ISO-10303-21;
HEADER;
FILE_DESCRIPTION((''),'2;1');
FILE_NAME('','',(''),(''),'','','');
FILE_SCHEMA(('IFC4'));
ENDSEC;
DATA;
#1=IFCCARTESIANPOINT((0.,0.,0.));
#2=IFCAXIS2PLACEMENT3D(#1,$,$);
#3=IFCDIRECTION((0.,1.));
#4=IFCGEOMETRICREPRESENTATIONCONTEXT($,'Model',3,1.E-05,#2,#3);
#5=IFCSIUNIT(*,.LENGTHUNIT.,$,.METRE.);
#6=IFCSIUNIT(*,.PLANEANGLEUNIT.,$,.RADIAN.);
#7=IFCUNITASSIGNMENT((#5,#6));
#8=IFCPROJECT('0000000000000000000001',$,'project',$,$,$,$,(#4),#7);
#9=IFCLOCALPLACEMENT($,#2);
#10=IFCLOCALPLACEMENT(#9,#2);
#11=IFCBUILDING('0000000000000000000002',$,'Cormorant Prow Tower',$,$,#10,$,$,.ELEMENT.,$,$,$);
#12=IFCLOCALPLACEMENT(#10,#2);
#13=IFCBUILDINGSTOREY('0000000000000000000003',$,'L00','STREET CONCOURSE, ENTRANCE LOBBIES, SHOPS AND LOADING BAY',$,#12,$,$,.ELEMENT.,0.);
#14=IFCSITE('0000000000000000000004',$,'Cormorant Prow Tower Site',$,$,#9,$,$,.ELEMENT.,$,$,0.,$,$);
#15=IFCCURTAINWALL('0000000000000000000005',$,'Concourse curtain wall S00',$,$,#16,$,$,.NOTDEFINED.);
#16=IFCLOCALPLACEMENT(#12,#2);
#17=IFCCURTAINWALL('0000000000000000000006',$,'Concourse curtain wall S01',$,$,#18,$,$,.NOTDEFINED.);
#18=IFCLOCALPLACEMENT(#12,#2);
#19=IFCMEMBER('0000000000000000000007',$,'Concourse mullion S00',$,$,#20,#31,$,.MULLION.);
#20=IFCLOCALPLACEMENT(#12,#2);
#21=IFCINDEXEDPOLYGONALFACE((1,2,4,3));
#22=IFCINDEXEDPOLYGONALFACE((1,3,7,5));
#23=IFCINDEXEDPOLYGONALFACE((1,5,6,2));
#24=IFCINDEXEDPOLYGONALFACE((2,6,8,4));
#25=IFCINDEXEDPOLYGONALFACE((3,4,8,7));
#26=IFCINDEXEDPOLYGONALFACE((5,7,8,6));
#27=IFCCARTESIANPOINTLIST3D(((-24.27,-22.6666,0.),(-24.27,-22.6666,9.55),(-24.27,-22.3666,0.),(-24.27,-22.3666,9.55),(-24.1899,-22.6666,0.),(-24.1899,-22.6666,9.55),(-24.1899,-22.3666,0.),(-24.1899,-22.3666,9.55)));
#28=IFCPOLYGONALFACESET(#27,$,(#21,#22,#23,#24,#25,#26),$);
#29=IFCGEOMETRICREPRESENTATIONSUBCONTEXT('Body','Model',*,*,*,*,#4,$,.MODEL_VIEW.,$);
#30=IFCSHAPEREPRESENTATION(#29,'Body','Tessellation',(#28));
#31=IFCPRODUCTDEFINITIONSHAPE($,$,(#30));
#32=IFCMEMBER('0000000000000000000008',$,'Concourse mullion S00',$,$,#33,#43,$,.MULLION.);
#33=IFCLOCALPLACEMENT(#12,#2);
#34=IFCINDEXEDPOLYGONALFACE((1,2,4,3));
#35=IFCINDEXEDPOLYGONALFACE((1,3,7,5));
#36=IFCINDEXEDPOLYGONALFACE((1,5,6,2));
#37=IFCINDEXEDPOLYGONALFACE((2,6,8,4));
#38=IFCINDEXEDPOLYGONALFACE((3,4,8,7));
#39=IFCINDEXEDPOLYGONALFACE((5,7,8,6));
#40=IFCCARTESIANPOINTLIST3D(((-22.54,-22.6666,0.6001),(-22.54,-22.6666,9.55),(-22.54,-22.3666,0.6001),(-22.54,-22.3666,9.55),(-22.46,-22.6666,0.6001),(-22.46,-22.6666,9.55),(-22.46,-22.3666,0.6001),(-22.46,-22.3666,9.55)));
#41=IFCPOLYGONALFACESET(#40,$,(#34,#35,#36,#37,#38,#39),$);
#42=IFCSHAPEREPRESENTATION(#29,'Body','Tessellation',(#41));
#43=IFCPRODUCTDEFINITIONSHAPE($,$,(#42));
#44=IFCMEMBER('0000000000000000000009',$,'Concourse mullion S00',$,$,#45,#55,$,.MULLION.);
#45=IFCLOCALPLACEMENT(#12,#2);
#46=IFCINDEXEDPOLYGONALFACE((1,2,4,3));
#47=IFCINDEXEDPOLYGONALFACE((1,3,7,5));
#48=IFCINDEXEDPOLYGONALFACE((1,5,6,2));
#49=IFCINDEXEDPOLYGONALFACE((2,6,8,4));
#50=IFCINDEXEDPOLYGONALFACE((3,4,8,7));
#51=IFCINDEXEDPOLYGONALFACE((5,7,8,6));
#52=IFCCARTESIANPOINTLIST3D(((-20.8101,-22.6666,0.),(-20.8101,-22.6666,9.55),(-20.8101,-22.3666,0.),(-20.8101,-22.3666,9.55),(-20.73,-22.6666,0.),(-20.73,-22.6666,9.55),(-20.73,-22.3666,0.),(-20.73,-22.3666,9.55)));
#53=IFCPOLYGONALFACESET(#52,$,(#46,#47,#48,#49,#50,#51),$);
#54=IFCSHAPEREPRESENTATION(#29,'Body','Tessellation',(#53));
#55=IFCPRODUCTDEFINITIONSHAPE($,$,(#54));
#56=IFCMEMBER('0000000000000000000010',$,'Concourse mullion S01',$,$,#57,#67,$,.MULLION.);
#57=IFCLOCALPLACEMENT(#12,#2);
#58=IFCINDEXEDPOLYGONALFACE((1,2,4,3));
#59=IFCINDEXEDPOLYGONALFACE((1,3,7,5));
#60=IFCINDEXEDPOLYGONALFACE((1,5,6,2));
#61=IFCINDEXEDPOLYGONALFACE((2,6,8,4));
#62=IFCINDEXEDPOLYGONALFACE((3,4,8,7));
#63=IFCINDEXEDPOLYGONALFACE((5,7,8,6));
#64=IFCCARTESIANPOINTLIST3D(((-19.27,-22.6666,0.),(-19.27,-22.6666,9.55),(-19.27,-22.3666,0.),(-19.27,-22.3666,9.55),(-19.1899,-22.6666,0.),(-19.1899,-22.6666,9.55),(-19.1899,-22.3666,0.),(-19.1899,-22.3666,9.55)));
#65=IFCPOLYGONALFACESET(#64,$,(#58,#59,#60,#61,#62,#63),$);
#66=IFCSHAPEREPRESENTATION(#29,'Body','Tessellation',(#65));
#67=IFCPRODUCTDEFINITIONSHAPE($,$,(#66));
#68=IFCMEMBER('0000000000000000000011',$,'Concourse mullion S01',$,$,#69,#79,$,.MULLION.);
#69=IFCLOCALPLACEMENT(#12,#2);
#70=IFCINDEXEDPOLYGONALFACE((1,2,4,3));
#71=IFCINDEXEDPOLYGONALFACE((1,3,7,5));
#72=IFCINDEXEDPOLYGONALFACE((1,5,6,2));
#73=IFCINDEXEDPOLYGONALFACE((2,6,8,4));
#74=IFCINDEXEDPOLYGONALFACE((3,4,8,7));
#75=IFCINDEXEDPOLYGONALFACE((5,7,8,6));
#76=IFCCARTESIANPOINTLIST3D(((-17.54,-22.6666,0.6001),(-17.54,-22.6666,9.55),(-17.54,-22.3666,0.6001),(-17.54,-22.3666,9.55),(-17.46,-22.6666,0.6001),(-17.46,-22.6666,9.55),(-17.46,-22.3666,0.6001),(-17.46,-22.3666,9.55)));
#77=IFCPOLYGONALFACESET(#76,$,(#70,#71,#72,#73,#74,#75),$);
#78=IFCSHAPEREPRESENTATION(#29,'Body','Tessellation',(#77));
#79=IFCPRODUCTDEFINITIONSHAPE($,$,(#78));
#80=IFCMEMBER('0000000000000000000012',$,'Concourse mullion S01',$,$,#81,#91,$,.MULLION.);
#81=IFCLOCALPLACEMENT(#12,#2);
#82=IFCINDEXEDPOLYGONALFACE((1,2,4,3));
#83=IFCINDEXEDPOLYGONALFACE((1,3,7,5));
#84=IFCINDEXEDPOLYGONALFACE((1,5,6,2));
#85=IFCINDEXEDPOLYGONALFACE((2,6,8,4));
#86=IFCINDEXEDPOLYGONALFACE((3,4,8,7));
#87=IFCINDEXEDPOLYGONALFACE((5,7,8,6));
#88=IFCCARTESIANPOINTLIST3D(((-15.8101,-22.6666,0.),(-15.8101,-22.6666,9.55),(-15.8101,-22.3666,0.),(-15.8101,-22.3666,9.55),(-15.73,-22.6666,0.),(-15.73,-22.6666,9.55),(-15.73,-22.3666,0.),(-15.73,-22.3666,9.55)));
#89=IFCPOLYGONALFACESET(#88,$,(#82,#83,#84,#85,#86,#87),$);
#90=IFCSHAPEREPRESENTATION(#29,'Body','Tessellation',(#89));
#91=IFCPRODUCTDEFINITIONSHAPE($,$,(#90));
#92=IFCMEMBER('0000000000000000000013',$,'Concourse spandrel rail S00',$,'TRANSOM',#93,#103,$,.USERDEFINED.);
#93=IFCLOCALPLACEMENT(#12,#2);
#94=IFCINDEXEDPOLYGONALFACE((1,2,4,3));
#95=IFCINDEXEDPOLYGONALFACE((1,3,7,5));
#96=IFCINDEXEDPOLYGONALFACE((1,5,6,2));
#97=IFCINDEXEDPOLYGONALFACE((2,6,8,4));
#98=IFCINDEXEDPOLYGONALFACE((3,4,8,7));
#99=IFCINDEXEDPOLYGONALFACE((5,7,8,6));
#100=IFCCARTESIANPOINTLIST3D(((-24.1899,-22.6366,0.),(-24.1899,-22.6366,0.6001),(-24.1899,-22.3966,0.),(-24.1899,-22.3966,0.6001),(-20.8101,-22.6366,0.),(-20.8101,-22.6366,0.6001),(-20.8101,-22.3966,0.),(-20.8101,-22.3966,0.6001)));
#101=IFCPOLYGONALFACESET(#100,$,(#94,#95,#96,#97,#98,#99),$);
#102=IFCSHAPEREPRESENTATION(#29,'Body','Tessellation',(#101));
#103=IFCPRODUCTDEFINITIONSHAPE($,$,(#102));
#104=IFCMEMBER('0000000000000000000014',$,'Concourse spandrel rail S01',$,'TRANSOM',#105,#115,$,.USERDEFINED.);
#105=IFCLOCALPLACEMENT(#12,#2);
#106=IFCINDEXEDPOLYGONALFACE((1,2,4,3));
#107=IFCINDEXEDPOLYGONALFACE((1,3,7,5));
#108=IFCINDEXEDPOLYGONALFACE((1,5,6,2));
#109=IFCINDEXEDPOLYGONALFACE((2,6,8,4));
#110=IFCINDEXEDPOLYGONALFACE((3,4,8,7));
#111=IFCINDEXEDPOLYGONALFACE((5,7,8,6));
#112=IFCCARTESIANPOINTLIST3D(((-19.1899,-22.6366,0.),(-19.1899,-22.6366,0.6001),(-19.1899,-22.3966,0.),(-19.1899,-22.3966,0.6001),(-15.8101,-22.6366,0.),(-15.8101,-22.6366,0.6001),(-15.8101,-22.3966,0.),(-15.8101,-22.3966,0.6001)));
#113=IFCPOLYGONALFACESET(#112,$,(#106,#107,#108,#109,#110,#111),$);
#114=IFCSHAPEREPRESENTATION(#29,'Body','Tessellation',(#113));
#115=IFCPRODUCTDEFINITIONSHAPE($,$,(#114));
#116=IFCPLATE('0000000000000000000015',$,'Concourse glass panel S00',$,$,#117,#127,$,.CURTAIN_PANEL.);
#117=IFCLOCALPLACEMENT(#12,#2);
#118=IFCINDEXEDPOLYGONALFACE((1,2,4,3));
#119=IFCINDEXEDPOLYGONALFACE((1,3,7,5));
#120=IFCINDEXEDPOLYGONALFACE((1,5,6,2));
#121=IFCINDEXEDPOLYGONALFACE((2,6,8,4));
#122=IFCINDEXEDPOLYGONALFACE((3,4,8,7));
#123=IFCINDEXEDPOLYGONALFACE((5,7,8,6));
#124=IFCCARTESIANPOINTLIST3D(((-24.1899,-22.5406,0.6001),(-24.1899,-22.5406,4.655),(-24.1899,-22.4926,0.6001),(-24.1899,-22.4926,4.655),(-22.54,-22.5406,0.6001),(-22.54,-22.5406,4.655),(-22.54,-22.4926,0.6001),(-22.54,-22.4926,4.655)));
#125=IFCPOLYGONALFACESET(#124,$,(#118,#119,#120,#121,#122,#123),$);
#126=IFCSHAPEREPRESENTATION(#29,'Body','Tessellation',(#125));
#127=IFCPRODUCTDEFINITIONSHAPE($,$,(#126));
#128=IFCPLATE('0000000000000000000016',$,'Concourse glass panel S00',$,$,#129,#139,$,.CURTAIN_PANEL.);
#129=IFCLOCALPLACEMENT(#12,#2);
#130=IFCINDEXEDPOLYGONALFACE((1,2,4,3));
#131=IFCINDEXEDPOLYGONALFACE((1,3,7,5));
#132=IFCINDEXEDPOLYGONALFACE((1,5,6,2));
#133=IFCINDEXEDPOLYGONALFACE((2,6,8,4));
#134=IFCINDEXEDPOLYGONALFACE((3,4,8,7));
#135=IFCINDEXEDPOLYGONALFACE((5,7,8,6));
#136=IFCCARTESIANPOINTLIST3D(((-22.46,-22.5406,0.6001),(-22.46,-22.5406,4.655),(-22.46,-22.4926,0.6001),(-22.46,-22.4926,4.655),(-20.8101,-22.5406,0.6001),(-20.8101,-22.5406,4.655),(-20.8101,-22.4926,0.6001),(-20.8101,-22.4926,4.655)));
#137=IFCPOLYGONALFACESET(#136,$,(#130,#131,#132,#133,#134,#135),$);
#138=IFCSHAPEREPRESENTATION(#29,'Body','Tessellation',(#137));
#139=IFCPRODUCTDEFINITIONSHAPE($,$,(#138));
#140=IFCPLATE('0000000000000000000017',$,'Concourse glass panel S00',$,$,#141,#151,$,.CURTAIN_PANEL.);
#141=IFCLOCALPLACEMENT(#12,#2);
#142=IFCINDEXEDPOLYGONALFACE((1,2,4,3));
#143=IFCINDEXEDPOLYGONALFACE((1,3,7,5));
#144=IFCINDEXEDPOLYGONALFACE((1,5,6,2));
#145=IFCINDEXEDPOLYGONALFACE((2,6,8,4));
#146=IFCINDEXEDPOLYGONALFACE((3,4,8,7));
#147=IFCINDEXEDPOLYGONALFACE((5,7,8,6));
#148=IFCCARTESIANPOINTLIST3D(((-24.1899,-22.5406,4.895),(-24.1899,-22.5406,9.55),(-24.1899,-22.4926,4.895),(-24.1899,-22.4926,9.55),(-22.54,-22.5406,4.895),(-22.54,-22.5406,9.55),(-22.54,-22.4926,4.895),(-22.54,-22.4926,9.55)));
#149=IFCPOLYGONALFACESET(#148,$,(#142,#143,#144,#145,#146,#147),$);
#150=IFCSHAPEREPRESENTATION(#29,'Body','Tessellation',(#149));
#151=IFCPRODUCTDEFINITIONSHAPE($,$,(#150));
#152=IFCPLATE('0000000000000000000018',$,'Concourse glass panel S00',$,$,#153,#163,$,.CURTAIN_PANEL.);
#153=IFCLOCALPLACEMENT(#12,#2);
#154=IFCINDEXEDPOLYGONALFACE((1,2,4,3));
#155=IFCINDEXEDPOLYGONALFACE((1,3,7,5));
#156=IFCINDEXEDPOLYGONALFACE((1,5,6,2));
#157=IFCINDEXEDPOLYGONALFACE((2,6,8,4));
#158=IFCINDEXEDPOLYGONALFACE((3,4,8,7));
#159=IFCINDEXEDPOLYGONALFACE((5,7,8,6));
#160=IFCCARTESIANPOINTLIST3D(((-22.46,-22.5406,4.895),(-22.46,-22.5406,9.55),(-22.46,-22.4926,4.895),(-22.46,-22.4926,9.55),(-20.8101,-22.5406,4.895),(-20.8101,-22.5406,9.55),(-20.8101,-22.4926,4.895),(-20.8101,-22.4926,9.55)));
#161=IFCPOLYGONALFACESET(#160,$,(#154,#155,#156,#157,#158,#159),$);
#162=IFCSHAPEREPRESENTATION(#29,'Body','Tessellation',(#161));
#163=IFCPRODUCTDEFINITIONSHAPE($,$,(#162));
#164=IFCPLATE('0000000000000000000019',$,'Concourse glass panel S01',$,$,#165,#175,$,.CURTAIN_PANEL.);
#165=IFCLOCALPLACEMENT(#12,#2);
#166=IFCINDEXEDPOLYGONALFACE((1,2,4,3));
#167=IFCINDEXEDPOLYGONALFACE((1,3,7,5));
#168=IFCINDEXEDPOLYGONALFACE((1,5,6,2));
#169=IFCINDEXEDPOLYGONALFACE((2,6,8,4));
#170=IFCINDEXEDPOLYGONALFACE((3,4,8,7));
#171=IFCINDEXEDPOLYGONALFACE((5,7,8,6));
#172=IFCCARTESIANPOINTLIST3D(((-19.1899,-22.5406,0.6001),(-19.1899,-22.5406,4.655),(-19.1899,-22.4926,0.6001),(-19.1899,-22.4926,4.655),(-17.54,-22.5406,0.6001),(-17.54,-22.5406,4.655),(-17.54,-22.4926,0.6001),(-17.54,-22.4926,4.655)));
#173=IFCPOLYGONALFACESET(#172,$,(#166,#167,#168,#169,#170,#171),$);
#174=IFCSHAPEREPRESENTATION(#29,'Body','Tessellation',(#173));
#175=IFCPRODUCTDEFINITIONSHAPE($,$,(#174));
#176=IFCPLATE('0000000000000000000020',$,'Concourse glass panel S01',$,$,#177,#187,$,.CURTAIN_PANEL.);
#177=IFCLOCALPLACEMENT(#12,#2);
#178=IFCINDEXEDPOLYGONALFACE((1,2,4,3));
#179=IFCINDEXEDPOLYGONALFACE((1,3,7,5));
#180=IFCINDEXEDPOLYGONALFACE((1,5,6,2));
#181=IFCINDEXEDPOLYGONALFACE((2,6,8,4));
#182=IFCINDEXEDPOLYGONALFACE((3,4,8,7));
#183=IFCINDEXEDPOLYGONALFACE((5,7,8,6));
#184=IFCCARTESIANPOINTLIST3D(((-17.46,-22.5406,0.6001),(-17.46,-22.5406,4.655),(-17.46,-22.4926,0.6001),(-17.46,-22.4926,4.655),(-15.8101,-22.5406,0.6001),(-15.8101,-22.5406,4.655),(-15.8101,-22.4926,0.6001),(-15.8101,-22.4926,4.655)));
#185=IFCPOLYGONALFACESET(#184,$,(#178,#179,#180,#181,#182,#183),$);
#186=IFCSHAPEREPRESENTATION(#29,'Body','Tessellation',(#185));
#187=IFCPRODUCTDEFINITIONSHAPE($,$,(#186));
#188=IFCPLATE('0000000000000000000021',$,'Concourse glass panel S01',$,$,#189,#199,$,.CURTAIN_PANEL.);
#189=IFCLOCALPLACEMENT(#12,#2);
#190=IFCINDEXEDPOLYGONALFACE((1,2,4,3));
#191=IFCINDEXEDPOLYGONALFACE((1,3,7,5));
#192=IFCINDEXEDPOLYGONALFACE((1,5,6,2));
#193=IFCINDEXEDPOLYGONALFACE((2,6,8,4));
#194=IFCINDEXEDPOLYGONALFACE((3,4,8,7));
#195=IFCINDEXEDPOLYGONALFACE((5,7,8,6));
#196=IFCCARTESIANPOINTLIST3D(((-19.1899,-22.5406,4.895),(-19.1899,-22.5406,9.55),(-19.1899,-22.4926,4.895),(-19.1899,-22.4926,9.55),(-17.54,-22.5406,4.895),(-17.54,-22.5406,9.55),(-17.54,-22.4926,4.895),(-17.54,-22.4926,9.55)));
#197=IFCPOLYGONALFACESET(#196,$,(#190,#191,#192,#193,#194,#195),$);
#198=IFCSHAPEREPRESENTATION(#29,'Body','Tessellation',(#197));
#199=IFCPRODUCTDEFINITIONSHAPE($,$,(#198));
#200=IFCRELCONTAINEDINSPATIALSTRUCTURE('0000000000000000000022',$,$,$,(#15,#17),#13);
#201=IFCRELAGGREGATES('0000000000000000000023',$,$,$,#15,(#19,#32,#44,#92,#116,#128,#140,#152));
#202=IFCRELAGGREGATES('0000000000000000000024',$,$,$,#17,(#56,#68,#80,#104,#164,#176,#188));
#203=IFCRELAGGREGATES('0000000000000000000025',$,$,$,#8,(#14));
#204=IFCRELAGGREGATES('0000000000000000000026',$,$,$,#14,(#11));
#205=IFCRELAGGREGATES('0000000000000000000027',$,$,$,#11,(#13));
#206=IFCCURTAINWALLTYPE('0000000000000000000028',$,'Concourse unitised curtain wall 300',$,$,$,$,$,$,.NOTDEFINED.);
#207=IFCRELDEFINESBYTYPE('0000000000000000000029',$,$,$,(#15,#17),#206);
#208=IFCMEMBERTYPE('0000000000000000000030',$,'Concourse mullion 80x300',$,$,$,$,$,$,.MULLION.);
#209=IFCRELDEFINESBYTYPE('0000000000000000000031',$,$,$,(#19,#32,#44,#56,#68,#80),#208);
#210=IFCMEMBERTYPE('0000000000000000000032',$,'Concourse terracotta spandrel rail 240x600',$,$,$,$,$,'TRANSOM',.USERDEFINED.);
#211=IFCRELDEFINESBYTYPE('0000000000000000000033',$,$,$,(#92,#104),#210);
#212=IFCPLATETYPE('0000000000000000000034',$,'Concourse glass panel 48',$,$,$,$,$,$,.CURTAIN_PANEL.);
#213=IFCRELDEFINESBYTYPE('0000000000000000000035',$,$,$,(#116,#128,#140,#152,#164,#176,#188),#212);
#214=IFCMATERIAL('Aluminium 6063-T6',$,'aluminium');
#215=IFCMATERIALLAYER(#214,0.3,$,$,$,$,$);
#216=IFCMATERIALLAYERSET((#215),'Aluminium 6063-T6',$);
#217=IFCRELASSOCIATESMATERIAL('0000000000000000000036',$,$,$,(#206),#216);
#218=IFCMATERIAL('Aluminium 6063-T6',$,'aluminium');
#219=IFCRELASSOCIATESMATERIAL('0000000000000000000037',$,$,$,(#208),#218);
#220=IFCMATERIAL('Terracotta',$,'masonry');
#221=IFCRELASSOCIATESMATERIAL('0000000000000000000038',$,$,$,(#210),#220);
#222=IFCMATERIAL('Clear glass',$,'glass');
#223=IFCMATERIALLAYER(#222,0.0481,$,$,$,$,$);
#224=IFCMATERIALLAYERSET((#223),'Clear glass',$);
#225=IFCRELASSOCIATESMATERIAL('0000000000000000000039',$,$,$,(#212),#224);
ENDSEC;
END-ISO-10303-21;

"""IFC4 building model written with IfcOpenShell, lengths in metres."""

from ifc_helpers import new_model, si_unit, direction, frame, origin, origin_2d, place, context, subcontext, project, spatial, rectangle, extrude, material, layer, layer_set, material_profile, profile_set, type_object, element, aggregate, save


model = new_model("IFC4")

# Units and contexts
model_context = context("Model", 3, precision=1e-05, world=origin(), true_north=direction((0.0, 1.0)))
body_context = subcontext(model_context, "Body", "Model", "MODEL_VIEW")
ifc_project = project(units=[si_unit("LENGTHUNIT", "METRE"), si_unit("PLANEANGLEUNIT", "RADIAN")], contexts=[model_context])

# Site, building, storey
site_placement = place(None, origin())
site = spatial("IfcSite", under=ifc_project, at=site_placement, Name="Cormorant Prow Tower Site", CompositionType="ELEMENT", RefElevation=0.0)
building_placement = place(site_placement, origin())
building = spatial("IfcBuilding", under=site, at=building_placement, Name="Cormorant Prow Tower", CompositionType="ELEMENT")
storey_placement = place(building_placement, origin())
storey = spatial("IfcBuildingStorey", under=building, at=storey_placement, Name="L00", Description="STREET CONCOURSE, ENTRANCE LOBBIES, SHOPS AND LOADING BAY", CompositionType="ELEMENT", Elevation=0.0)

# Curtain walls
ifc_material_1 = material(Name="Aluminium 6063-T6", Category="aluminium")
ifc_layer_1 = layer(ifc_material_1, 0.3)
ifc_layer_set_1 = layer_set([ifc_layer_1], Name="Aluminium 6063-T6")
curtain_wall_type = type_object("IfcCurtainWallType", Name="Concourse unitised curtain wall 300", PredefinedType="NOTDEFINED", material=ifc_layer_set_1)
curtain_wall_1_placement = place(storey_placement, origin())
curtain_wall_1 = element("IfcCurtainWall", 1, at=curtain_wall_1_placement, inside=storey, type_object=curtain_wall_type, Name="Concourse curtain wall S00", PredefinedType="NOTDEFINED")
curtain_wall_2_placement = place(storey_placement, origin())
curtain_wall_2 = element("IfcCurtainWall", 2, at=curtain_wall_2_placement, inside=storey, type_object=curtain_wall_type, Name="Concourse curtain wall S01", PredefinedType="NOTDEFINED")

# Members
ifc_material_2 = material(Name="Aluminium 6063-T6", Category="aluminium")
ifc_material_profile_1 = material_profile(ifc_material_2, rectangle(XDim=0.3, YDim=0.0801, at=origin_2d()), Name="Concourse mullion 80x300")
ifc_profile_set_1 = profile_set([ifc_material_profile_1], Name="Aluminium 6063-T6")
member_type_1 = type_object("IfcMemberType", Name="Concourse mullion 80x300", PredefinedType="MULLION", material=ifc_profile_set_1)
member_1_placement = place(storey_placement, frame((-24.23, -22.5166, 0.0), z_axis=(0.0, 0.0, 1.0), x_axis=(0.0, 1.0, 0.0)))
member_1 = element("IfcMember", 3, at=member_1_placement, type_object=member_type_1, Name="Concourse mullion S00", PredefinedType="MULLION", context=body_context, shape_type="SweptSolid", body=[
    extrude(rectangle(XDim=0.3, YDim=0.0801, at=origin_2d()), origin(), (0.0, 0.0, 1.0), 9.55),
])
member_2_placement = place(storey_placement, frame((-22.5, -22.5166, 0.6001), z_axis=(0.0, 0.0, 1.0), x_axis=(0.0, 1.0, 0.0)))
member_2 = element("IfcMember", 4, at=member_2_placement, type_object=member_type_1, Name="Concourse mullion S00", PredefinedType="MULLION", context=body_context, shape_type="SweptSolid", body=[
    extrude(rectangle(XDim=0.3, YDim=0.0801, at=origin_2d()), origin(), (0.0, 0.0, 1.0), 8.95),
])
member_3_placement = place(storey_placement, frame((-20.77, -22.5166, 0.0), z_axis=(0.0, 0.0, 1.0), x_axis=(0.0, 1.0, 0.0)))
member_3 = element("IfcMember", 5, at=member_3_placement, type_object=member_type_1, Name="Concourse mullion S00", PredefinedType="MULLION", context=body_context, shape_type="SweptSolid", body=[
    extrude(rectangle(XDim=0.3, YDim=0.0801, at=origin_2d()), origin(), (0.0, 0.0, 1.0), 9.55),
])
member_4_placement = place(storey_placement, frame((-19.23, -22.5166, 0.0), z_axis=(0.0, 0.0, 1.0), x_axis=(0.0, 1.0, 0.0)))
member_4 = element("IfcMember", 6, at=member_4_placement, type_object=member_type_1, Name="Concourse mullion S01", PredefinedType="MULLION", context=body_context, shape_type="SweptSolid", body=[
    extrude(rectangle(XDim=0.3, YDim=0.0801, at=origin_2d()), origin(), (0.0, 0.0, 1.0), 9.55),
])
member_5_placement = place(storey_placement, frame((-17.5, -22.5166, 0.6001), z_axis=(0.0, 0.0, 1.0), x_axis=(0.0, 1.0, 0.0)))
member_5 = element("IfcMember", 7, at=member_5_placement, type_object=member_type_1, Name="Concourse mullion S01", PredefinedType="MULLION", context=body_context, shape_type="SweptSolid", body=[
    extrude(rectangle(XDim=0.3, YDim=0.0801, at=origin_2d()), origin(), (0.0, 0.0, 1.0), 8.95),
])
member_6_placement = place(storey_placement, frame((-15.77, -22.5166, 0.0), z_axis=(0.0, 0.0, 1.0), x_axis=(0.0, 1.0, 0.0)))
member_6 = element("IfcMember", 8, at=member_6_placement, type_object=member_type_1, Name="Concourse mullion S01", PredefinedType="MULLION", context=body_context, shape_type="SweptSolid", body=[
    extrude(rectangle(XDim=0.3, YDim=0.0801, at=origin_2d()), origin(), (0.0, 0.0, 1.0), 9.55),
])
ifc_material_3 = material(Name="Terracotta", Category="masonry")
ifc_material_profile_2 = material_profile(ifc_material_3, rectangle(XDim=0.24, YDim=0.6001, at=origin_2d()), Name="Concourse terracotta spandrel rail 240x600")
ifc_profile_set_2 = profile_set([ifc_material_profile_2], Name="Terracotta")
member_type_2 = type_object("IfcMemberType", Name="Concourse terracotta spandrel rail 240x600", ElementType="TRANSOM", PredefinedType="USERDEFINED", material=ifc_profile_set_2)
member_7_placement = place(storey_placement, frame((-24.1899, -22.5166, 0.3), z_axis=(1.0, 0.0, 0.0), x_axis=(0.0, 1.0, 0.0)))
member_7 = element("IfcMember", 9, at=member_7_placement, type_object=member_type_2, Name="Concourse spandrel rail S00", ObjectType="TRANSOM", PredefinedType="USERDEFINED", context=body_context, shape_type="SweptSolid", body=[
    extrude(rectangle(XDim=0.24, YDim=0.6001, at=origin_2d()), origin(), (0.0, 0.0, 1.0), 3.3799),
])
member_8_placement = place(storey_placement, frame((-19.1899, -22.5166, 0.3), z_axis=(1.0, 0.0, 0.0), x_axis=(0.0, 1.0, 0.0)))
member_8 = element("IfcMember", 10, at=member_8_placement, type_object=member_type_2, Name="Concourse spandrel rail S01", ObjectType="TRANSOM", PredefinedType="USERDEFINED", context=body_context, shape_type="SweptSolid", body=[
    extrude(rectangle(XDim=0.24, YDim=0.6001, at=origin_2d()), origin(), (0.0, 0.0, 1.0), 3.3799),
])

# Plates
ifc_material_4 = material(Name="Clear glass", Category="glass")
ifc_layer_2 = layer(ifc_material_4, 0.0481)
ifc_layer_set_2 = layer_set([ifc_layer_2], Name="Clear glass")
plate_type = type_object("IfcPlateType", Name="Concourse glass panel 48", PredefinedType="CURTAIN_PANEL", material=ifc_layer_set_2)
plate_1_placement = place(storey_placement, frame((-23.365, -22.5166, 0.6001), z_axis=(0.0, 0.0, 1.0), x_axis=(1.0, 0.0, 0.0)))
plate_1 = element("IfcPlate", 11, at=plate_1_placement, type_object=plate_type, Name="Concourse glass panel S00", PredefinedType="CURTAIN_PANEL", context=body_context, shape_type="SweptSolid", body=[
    extrude(rectangle(XDim=1.6499, YDim=0.0481, at=origin_2d()), origin(), (0.0, 0.0, 1.0), 4.0549),
])
plate_2_placement = place(storey_placement, frame((-21.635, -22.5166, 0.6001), z_axis=(0.0, 0.0, 1.0), x_axis=(1.0, 0.0, 0.0)))
plate_2 = element("IfcPlate", 12, at=plate_2_placement, type_object=plate_type, Name="Concourse glass panel S00", PredefinedType="CURTAIN_PANEL", context=body_context, shape_type="SweptSolid", body=[
    extrude(rectangle(XDim=1.6499, YDim=0.0481, at=origin_2d()), origin(), (0.0, 0.0, 1.0), 4.0549),
])
plate_3_placement = place(storey_placement, frame((-23.365, -22.5166, 4.895), z_axis=(0.0, 0.0, 1.0), x_axis=(1.0, 0.0, 0.0)))
plate_3 = element("IfcPlate", 13, at=plate_3_placement, type_object=plate_type, Name="Concourse glass panel S00", PredefinedType="CURTAIN_PANEL", context=body_context, shape_type="SweptSolid", body=[
    extrude(rectangle(XDim=1.6499, YDim=0.0481, at=origin_2d()), origin(), (0.0, 0.0, 1.0), 4.655),
])
plate_4_placement = place(storey_placement, frame((-21.635, -22.5166, 4.895), z_axis=(0.0, 0.0, 1.0), x_axis=(1.0, 0.0, 0.0)))
plate_4 = element("IfcPlate", 14, at=plate_4_placement, type_object=plate_type, Name="Concourse glass panel S00", PredefinedType="CURTAIN_PANEL", context=body_context, shape_type="SweptSolid", body=[
    extrude(rectangle(XDim=1.6499, YDim=0.0481, at=origin_2d()), origin(), (0.0, 0.0, 1.0), 4.655),
])
aggregate(curtain_wall_1, [member_1, member_2, member_3, member_7, plate_1, plate_2, plate_3, plate_4])
plate_5_placement = place(storey_placement, frame((-18.365, -22.5166, 0.6001), z_axis=(0.0, 0.0, 1.0), x_axis=(1.0, 0.0, 0.0)))
plate_5 = element("IfcPlate", 15, at=plate_5_placement, type_object=plate_type, Name="Concourse glass panel S01", PredefinedType="CURTAIN_PANEL", context=body_context, shape_type="SweptSolid", body=[
    extrude(rectangle(XDim=1.6499, YDim=0.0481, at=origin_2d()), origin(), (0.0, 0.0, 1.0), 4.0549),
])
plate_6_placement = place(storey_placement, frame((-16.635, -22.5166, 0.6001), z_axis=(0.0, 0.0, 1.0), x_axis=(1.0, 0.0, 0.0)))
plate_6 = element("IfcPlate", 16, at=plate_6_placement, type_object=plate_type, Name="Concourse glass panel S01", PredefinedType="CURTAIN_PANEL", context=body_context, shape_type="SweptSolid", body=[
    extrude(rectangle(XDim=1.6499, YDim=0.0481, at=origin_2d()), origin(), (0.0, 0.0, 1.0), 4.0549),
])
plate_7_placement = place(storey_placement, frame((-18.365, -22.5166, 4.895), z_axis=(0.0, 0.0, 1.0), x_axis=(1.0, 0.0, 0.0)))
plate_7 = element("IfcPlate", 17, at=plate_7_placement, type_object=plate_type, Name="Concourse glass panel S01", PredefinedType="CURTAIN_PANEL", context=body_context, shape_type="SweptSolid", body=[
    extrude(rectangle(XDim=1.6499, YDim=0.0481, at=origin_2d()), origin(), (0.0, 0.0, 1.0), 4.655),
])
aggregate(curtain_wall_2, [member_4, member_5, member_6, member_8, plate_5, plate_6, plate_7])

save(model, "model.ifc")
